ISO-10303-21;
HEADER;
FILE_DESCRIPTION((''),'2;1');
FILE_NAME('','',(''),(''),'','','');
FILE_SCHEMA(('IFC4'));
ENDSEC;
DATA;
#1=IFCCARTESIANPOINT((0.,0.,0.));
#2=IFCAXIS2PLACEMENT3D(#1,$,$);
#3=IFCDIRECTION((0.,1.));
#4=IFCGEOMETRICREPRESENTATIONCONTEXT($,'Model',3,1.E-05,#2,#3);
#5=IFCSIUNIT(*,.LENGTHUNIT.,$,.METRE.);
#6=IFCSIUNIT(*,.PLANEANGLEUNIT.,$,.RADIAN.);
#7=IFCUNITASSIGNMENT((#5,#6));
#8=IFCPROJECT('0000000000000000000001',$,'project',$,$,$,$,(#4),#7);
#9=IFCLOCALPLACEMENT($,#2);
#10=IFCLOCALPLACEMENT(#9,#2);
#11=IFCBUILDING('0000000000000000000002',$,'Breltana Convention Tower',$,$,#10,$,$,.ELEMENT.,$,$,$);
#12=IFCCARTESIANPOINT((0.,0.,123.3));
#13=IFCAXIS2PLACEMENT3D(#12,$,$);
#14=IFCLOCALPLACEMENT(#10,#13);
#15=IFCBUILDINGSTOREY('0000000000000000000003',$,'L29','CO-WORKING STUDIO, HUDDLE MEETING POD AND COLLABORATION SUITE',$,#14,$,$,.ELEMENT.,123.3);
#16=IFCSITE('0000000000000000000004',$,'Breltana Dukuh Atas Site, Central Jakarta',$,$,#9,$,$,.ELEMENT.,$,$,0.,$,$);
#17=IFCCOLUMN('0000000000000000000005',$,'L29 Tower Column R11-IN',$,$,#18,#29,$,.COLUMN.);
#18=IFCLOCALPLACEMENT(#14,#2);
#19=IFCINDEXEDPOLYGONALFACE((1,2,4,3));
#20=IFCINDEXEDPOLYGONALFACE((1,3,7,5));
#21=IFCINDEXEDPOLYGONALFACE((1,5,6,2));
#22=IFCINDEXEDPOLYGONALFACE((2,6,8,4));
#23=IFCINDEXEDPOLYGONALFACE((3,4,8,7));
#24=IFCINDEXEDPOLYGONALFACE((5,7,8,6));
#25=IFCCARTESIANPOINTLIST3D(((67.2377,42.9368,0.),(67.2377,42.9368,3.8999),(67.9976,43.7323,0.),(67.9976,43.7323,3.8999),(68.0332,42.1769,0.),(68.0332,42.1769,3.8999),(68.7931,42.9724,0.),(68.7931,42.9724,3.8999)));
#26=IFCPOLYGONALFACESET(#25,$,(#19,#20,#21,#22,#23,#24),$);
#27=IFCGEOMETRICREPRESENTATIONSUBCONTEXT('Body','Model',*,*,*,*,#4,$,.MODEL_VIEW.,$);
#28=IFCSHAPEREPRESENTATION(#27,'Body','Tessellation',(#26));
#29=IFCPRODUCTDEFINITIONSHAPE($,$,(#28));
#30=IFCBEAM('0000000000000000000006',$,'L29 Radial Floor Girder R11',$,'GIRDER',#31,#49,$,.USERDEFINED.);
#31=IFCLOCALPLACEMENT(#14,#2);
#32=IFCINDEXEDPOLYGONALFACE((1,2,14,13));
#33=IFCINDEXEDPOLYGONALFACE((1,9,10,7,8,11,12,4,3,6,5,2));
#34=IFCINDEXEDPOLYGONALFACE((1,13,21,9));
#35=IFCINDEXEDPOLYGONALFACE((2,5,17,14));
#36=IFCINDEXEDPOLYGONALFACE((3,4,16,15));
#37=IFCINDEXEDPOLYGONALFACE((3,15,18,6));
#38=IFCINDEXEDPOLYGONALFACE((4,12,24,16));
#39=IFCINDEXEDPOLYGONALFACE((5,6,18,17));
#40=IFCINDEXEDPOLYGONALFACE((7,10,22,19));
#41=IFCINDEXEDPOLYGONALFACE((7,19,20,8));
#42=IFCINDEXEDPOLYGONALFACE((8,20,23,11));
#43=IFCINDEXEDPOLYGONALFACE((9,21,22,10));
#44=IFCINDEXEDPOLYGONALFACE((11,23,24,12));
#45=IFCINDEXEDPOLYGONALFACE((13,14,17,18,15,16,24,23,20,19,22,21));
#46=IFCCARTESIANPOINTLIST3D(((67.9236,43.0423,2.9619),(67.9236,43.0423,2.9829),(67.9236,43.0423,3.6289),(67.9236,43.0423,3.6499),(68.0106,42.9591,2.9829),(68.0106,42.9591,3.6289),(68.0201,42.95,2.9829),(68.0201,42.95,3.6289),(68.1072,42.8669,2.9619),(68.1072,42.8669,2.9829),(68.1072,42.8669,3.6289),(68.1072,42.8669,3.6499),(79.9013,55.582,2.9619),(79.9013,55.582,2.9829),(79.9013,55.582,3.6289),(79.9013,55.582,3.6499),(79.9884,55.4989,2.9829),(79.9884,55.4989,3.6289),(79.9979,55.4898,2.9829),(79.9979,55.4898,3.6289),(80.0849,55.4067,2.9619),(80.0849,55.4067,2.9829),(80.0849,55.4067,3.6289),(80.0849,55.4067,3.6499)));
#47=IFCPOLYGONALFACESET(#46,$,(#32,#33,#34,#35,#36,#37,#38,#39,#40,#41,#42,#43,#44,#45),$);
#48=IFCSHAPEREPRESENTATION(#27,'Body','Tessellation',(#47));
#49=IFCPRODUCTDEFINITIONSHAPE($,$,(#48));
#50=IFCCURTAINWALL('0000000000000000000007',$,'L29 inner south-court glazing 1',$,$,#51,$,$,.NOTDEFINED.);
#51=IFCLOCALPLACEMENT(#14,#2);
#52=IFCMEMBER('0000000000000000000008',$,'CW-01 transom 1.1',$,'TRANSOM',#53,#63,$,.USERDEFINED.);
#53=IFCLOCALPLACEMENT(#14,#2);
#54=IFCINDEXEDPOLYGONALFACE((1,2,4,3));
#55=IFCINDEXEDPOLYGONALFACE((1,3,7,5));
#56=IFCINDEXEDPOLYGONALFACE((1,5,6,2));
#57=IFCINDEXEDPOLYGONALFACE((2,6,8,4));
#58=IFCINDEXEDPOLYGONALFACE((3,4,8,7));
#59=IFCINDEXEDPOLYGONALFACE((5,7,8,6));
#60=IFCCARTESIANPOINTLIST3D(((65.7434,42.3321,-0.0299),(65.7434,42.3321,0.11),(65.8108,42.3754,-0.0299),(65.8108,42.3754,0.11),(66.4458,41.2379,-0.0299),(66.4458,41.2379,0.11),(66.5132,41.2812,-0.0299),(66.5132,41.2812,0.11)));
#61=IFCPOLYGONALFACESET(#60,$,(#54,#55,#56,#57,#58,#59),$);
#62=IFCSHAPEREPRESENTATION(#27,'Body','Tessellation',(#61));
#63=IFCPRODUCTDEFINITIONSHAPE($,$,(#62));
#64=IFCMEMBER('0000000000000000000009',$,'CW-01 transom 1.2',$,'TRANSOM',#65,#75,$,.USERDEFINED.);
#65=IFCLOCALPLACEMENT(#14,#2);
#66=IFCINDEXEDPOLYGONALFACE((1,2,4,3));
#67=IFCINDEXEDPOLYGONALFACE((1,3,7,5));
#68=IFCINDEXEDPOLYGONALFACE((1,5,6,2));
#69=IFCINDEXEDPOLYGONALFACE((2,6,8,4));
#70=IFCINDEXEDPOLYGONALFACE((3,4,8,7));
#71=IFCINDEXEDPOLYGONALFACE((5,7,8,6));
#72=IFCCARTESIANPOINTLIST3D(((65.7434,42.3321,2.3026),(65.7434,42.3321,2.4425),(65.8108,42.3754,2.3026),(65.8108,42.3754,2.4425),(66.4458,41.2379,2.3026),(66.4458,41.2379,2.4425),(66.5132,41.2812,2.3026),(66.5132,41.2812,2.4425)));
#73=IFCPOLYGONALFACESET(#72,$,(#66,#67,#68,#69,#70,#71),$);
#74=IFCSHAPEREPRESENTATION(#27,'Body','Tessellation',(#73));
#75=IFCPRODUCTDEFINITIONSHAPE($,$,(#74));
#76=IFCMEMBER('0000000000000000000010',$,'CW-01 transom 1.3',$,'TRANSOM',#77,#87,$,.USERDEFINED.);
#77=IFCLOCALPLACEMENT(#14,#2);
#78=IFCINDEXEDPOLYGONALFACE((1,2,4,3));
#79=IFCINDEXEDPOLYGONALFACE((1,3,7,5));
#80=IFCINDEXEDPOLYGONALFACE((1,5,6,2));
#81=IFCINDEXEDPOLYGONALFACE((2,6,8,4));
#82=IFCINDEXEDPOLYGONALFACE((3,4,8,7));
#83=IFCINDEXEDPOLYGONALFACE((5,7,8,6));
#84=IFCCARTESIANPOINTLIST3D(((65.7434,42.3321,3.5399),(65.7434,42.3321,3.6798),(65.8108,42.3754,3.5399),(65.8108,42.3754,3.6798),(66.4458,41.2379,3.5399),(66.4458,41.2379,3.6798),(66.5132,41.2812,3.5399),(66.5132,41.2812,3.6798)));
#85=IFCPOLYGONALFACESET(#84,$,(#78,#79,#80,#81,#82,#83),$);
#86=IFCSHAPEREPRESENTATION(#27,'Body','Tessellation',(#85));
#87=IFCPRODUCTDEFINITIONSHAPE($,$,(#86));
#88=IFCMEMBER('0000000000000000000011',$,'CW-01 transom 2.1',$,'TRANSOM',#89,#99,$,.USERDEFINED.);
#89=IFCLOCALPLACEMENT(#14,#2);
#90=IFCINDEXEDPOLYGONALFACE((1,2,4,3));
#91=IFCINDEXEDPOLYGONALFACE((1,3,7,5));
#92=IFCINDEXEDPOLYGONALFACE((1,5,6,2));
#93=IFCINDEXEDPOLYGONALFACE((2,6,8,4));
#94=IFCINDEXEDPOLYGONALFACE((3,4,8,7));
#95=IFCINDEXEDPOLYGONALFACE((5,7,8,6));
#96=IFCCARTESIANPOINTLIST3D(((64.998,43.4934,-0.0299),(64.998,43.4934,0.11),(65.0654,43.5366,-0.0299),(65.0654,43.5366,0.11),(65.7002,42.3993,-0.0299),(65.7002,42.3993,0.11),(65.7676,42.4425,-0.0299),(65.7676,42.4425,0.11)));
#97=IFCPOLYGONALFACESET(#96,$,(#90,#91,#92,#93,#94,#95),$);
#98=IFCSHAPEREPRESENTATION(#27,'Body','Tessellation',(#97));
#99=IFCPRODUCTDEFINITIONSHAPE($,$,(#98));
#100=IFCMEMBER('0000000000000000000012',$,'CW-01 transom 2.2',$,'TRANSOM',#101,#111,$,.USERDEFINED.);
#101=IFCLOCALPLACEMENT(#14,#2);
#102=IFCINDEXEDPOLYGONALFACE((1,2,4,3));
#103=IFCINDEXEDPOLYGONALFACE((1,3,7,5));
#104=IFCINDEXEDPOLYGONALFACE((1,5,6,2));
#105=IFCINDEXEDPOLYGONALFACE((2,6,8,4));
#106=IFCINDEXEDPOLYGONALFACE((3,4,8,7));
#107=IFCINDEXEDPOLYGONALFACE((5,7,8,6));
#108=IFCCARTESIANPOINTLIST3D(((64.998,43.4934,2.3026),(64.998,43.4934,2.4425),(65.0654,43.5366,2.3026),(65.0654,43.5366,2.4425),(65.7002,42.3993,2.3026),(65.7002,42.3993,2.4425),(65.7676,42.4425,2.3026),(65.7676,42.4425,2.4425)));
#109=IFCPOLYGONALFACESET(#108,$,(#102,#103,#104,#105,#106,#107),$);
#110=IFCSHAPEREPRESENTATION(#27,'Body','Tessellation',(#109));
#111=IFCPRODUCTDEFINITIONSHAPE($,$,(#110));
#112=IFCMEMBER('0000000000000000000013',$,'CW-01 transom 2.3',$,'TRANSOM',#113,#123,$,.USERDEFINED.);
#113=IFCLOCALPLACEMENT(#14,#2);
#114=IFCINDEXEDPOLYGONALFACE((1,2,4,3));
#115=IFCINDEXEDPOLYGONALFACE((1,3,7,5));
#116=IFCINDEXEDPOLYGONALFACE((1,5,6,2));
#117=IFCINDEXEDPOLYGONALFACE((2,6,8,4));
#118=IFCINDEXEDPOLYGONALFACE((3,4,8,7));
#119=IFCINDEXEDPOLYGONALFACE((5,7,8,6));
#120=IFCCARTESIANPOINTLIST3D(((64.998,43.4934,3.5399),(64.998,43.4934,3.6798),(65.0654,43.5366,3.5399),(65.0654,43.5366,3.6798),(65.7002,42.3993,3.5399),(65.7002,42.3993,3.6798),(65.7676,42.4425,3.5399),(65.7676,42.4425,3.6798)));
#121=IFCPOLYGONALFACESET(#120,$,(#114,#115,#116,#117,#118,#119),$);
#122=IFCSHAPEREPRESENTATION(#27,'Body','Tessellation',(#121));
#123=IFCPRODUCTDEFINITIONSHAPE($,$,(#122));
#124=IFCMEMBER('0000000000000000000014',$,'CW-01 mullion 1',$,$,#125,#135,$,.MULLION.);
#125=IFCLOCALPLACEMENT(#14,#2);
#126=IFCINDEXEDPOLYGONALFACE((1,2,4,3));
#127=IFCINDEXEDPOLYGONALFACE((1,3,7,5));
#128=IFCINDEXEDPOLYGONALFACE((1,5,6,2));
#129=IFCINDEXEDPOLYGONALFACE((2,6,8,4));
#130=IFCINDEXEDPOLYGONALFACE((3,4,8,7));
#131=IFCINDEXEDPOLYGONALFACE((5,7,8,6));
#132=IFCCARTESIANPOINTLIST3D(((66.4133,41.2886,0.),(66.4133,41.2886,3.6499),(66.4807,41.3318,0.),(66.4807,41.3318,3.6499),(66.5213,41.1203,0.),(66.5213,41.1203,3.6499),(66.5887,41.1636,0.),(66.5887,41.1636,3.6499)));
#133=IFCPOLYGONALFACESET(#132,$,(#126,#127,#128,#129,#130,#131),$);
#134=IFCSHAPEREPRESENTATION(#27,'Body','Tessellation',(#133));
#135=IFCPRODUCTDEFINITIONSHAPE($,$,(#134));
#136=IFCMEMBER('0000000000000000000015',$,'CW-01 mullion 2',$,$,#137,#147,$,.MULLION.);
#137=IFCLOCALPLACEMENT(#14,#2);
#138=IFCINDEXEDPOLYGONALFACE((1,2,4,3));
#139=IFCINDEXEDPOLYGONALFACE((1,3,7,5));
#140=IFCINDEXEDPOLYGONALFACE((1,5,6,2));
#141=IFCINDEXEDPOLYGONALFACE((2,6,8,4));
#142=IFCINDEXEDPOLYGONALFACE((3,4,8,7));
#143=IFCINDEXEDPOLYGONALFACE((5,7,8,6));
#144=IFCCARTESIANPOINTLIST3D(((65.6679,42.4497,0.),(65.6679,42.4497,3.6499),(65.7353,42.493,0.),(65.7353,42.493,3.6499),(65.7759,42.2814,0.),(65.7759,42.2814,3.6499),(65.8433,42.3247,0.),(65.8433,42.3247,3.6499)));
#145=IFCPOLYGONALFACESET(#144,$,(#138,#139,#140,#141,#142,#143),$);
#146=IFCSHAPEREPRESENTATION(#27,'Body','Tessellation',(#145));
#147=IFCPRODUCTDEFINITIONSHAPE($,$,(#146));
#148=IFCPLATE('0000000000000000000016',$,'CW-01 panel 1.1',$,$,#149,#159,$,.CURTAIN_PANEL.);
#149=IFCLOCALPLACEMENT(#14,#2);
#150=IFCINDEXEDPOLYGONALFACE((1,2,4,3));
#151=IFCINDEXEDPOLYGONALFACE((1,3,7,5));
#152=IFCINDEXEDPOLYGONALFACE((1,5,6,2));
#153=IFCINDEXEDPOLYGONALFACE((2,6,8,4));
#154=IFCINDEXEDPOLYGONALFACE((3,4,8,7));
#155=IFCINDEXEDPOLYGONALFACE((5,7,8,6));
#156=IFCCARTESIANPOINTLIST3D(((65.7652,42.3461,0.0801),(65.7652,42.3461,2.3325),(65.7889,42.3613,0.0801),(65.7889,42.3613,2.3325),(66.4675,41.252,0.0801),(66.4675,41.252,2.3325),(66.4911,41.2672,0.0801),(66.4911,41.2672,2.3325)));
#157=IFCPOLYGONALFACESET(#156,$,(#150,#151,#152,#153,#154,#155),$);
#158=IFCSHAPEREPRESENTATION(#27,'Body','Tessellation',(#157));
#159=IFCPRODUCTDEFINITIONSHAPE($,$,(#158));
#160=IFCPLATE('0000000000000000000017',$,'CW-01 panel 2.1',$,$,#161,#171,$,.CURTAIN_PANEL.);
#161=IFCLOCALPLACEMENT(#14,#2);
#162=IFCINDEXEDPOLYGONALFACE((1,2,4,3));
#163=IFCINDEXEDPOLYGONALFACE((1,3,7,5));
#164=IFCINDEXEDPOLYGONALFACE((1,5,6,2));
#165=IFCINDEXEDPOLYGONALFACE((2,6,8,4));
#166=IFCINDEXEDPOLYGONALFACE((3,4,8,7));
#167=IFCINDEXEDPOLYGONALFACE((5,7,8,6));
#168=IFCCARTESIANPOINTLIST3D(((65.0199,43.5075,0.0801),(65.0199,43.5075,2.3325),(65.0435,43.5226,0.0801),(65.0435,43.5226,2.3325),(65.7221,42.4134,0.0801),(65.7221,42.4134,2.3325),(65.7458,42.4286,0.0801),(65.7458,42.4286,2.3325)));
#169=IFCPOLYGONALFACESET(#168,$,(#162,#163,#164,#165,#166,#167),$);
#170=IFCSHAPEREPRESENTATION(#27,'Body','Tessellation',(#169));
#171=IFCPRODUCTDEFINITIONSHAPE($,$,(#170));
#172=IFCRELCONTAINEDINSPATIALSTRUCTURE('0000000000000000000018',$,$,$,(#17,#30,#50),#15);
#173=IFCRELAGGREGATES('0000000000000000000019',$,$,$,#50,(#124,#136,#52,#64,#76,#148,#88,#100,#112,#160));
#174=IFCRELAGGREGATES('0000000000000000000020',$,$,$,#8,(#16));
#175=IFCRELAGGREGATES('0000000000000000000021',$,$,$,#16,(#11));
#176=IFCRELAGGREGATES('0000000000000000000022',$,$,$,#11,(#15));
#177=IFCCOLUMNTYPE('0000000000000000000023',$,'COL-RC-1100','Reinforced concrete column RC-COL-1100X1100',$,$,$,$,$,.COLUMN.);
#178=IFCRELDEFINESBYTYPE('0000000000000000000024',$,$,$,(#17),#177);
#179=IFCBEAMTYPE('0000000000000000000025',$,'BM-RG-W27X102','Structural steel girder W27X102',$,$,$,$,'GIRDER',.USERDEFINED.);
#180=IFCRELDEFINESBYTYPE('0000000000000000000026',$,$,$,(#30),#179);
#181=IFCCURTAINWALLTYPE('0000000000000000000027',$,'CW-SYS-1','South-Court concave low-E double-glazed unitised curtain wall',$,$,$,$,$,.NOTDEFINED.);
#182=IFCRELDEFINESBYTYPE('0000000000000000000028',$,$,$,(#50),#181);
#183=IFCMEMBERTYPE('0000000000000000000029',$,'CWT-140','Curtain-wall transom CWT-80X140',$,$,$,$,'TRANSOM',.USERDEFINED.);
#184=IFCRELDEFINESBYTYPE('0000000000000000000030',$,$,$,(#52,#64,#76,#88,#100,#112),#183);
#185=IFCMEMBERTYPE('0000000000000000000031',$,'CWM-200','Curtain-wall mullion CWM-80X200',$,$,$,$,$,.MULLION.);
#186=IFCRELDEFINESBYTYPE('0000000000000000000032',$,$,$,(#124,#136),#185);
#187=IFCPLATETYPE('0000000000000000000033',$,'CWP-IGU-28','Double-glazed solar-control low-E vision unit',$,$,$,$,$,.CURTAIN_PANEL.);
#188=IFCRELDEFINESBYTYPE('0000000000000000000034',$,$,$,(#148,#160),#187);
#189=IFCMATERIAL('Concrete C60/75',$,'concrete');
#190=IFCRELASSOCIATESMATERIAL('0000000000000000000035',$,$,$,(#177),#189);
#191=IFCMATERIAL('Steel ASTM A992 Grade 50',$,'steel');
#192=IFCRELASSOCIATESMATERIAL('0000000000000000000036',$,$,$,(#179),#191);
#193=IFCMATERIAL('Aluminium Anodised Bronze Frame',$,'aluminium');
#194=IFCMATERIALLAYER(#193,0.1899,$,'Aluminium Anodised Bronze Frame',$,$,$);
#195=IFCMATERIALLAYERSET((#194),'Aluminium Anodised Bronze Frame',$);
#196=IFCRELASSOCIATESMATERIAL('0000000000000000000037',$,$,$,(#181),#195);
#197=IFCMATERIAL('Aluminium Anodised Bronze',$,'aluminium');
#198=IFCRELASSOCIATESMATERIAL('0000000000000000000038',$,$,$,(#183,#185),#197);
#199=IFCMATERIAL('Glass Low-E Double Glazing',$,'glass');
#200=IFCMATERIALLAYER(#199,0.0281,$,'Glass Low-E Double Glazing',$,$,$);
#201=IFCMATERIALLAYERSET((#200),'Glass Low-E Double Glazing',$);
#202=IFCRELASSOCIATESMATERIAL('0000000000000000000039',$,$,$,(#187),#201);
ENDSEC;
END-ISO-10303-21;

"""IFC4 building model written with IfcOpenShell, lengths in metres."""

from ifc_helpers import new_model, si_unit, direction, frame, origin, origin_2d, place, context, subcontext, project, spatial, rectangle, i_section, extrude, source, transform, mapped, material, layer, layer_set, material_profile, profile_set, type_object, type_shapes, element, aggregate, save


model = new_model("IFC4")

# Units and contexts
model_context = context("Model", 3, precision=1e-05, world=origin(), true_north=direction((0.0, 1.0)))
body_context = subcontext(model_context, "Body", "Model", "MODEL_VIEW")
ifc_project = project(units=[si_unit("LENGTHUNIT", "METRE"), si_unit("PLANEANGLEUNIT", "RADIAN")], contexts=[model_context])

# Site, building, storey
site_placement = place(None, origin())
site = spatial("IfcSite", under=ifc_project, at=site_placement, Name="Breltana Dukuh Atas Site, Central Jakarta", CompositionType="ELEMENT", RefElevation=0.0)
building_placement = place(site_placement, origin())
building = spatial("IfcBuilding", under=site, at=building_placement, Name="Breltana Convention Tower", CompositionType="ELEMENT")
storey_placement = place(building_placement, frame((0.0, 0.0, 123.3)))
storey = spatial("IfcBuildingStorey", under=building, at=storey_placement, Name="L29", Description="CO-WORKING STUDIO, HUDDLE MEETING POD AND COLLABORATION SUITE", CompositionType="ELEMENT", Elevation=123.3)

# Column
ifc_material_1 = material(Name="Concrete C60/75", Category="concrete")
ifc_material_profile_1 = material_profile(ifc_material_1, rectangle(XDim=1.1001, YDim=1.1001, at=origin_2d()), Name="RC-COL-1100X1100")
ifc_profile_set_1 = profile_set([ifc_material_profile_1], Name="Concrete C60/75")
column_type = type_object("IfcColumnType", Name="COL-RC-1100", Description="Reinforced concrete column RC-COL-1100X1100", PredefinedType="COLUMN", material=ifc_profile_set_1)
shared_shape_1 = source(origin(), body_context, "Body", "SweptSolid", [
    extrude(rectangle(XDim=1.1001, YDim=1.1001, at=origin_2d()), origin(), (0.0, 0.0, 1.0), 3.8999),
])
column_placement = place(storey_placement, frame((68.0154, 42.9546, 0.0), z_axis=(0.0, 0.0, 1.0), x_axis=(0.690756, 0.723088, 0.0)))
element("IfcColumn", 1, at=column_placement, inside=storey, type_object=column_type, Name="L29 Tower Column R11-IN", PredefinedType="COLUMN", context=body_context, shape_type="MappedRepresentation", body=[
    mapped(shared_shape_1, transform((0.0, 0.0, 0.0), scale=1.0)),
])

# Beam
ifc_material_2 = material(Name="Steel ASTM A992 Grade 50", Category="steel")
ifc_material_profile_2 = material_profile(ifc_material_2, i_section(OverallWidth=0.2539, OverallDepth=0.688, WebThickness=0.0132, FlangeThickness=0.021, at=origin_2d()), Name="W27X102")
ifc_profile_set_2 = profile_set([ifc_material_profile_2], Name="Steel ASTM A992 Grade 50")
beam_type = type_object("IfcBeamType", Name="BM-RG-W27X102", Description="Structural steel girder W27X102", ElementType="GIRDER", PredefinedType="USERDEFINED", material=ifc_profile_set_2)
shared_shape_2 = source(origin(), body_context, "Body", "SweptSolid", [
    extrude(i_section(OverallWidth=0.2539, OverallDepth=0.688, WebThickness=0.0132, FlangeThickness=0.021, at=origin_2d()), origin(), (0.0, 0.0, 1.0), 17.3411),
])
type_shapes(beam_type, [shared_shape_2])
beam_placement = place(storey_placement, frame((68.0154, 42.9546, 3.3059), z_axis=(0.690716, 0.723126, 0.0), x_axis=(-0.723126, 0.690716, 0.0)))
element("IfcBeam", 2, at=beam_placement, inside=storey, type_object=beam_type, Name="L29 Radial Floor Girder R11", ObjectType="GIRDER", PredefinedType="USERDEFINED", context=body_context, shape_type="MappedRepresentation", body=[
    mapped(shared_shape_2, transform((0.0, 0.0, 0.0), scale=1.0)),
])

# Curtain wall, members, plates
ifc_material_3 = material(Name="Aluminium Anodised Bronze Frame", Category="aluminium")
ifc_layer_1 = layer(ifc_material_3, 0.1899, Name="Aluminium Anodised Bronze Frame")
ifc_layer_set_1 = layer_set([ifc_layer_1], Name="Aluminium Anodised Bronze Frame")
curtain_wall_type = type_object("IfcCurtainWallType", Name="CW-SYS-1", Description="South-Court concave low-E double-glazed unitised curtain wall", PredefinedType="NOTDEFINED", material=ifc_layer_set_1)
curtain_wall_placement = place(storey_placement, origin())
curtain_wall = element("IfcCurtainWall", 3, at=curtain_wall_placement, inside=storey, type_object=curtain_wall_type, Name="L29 inner south-court glazing 1", PredefinedType="NOTDEFINED")
ifc_material_4 = material(Name="Aluminium Anodised Bronze", Category="aluminium")
ifc_material_profile_3 = material_profile(ifc_material_4, rectangle(XDim=0.0801, YDim=0.1399, at=origin_2d()), Name="CWT-80X140")
ifc_profile_set_3 = profile_set([ifc_material_profile_3], Name="Aluminium Anodised Bronze")
member_type_1 = type_object("IfcMemberType", Name="CWT-140", Description="Curtain-wall transom CWT-80X140", ElementType="TRANSOM", PredefinedType="USERDEFINED", material=ifc_profile_set_3)
shared_shape_3 = source(origin(), body_context, "Body", "SweptSolid", [
    extrude(rectangle(XDim=0.0801, YDim=0.1399, at=origin_2d()), origin(), (0.0, 0.0, 1.0), 1.3003),
])
member_1_placement = place(storey_placement, frame((66.4795, 41.2595, 0.04), z_axis=(-0.540188, 0.841544, 0.0), x_axis=(-0.841544, -0.540188, 0.0)))
member_1 = element("IfcMember", 4, at=member_1_placement, type_object=member_type_1, Name="CW-01 transom 1.1", ObjectType="TRANSOM", PredefinedType="USERDEFINED", context=body_context, shape_type="MappedRepresentation", body=[
    mapped(shared_shape_3, transform((0.0, 0.0, 0.0), scale=1.0)),
])
member_2_placement = place(storey_placement, frame((66.4795, 41.2595, 2.3726), z_axis=(-0.540188, 0.841544, 0.0), x_axis=(-0.841544, -0.540188, 0.0)))
member_2 = element("IfcMember", 5, at=member_2_placement, type_object=member_type_1, Name="CW-01 transom 1.2", ObjectType="TRANSOM", PredefinedType="USERDEFINED", context=body_context, shape_type="MappedRepresentation", body=[
    mapped(shared_shape_3, transform((0.0, 0.0, 0.0), scale=1.0)),
])
member_3_placement = place(storey_placement, frame((66.4795, 41.2595, 3.6099), z_axis=(-0.540188, 0.841544, 0.0), x_axis=(-0.841544, -0.540188, 0.0)))
member_3 = element("IfcMember", 6, at=member_3_placement, type_object=member_type_1, Name="CW-01 transom 1.3", ObjectType="TRANSOM", PredefinedType="USERDEFINED", context=body_context, shape_type="MappedRepresentation", body=[
    mapped(shared_shape_3, transform((0.0, 0.0, 0.0), scale=1.0)),
])
shared_shape_4 = source(origin(), body_context, "Body", "SweptSolid", [
    extrude(rectangle(XDim=0.0801, YDim=0.1399, at=origin_2d()), origin(), (0.0, 0.0, 1.0), 1.3),
])
member_4_placement = place(storey_placement, frame((65.7339, 42.4209, 0.04), z_axis=(-0.54014, 0.841575, 0.0), x_axis=(-0.841575, -0.54014, 0.0)))
member_4 = element("IfcMember", 7, at=member_4_placement, type_object=member_type_1, Name="CW-01 transom 2.1", ObjectType="TRANSOM", PredefinedType="USERDEFINED", context=body_context, shape_type="MappedRepresentation", body=[
    mapped(shared_shape_4, transform((0.0, 0.0, 0.0), scale=1.0)),
])
member_5_placement = place(storey_placement, frame((65.7339, 42.4209, 2.3726), z_axis=(-0.54014, 0.841575, 0.0), x_axis=(-0.841575, -0.54014, 0.0)))
member_5 = element("IfcMember", 8, at=member_5_placement, type_object=member_type_1, Name="CW-01 transom 2.2", ObjectType="TRANSOM", PredefinedType="USERDEFINED", context=body_context, shape_type="MappedRepresentation", body=[
    mapped(shared_shape_4, transform((0.0, 0.0, 0.0), scale=1.0)),
])
member_6_placement = place(storey_placement, frame((65.7339, 42.4209, 3.6099), z_axis=(-0.54014, 0.841575, 0.0), x_axis=(-0.841575, -0.54014, 0.0)))
member_6 = element("IfcMember", 9, at=member_6_placement, type_object=member_type_1, Name="CW-01 transom 2.3", ObjectType="TRANSOM", PredefinedType="USERDEFINED", context=body_context, shape_type="MappedRepresentation", body=[
    mapped(shared_shape_4, transform((0.0, 0.0, 0.0), scale=1.0)),
])
ifc_material_profile_4 = material_profile(ifc_material_4, rectangle(XDim=0.0801, YDim=0.2, at=origin_2d()), Name="CWM-80X200")
ifc_profile_set_4 = profile_set([ifc_material_profile_4], Name="Aluminium Anodised Bronze")
member_type_2 = type_object("IfcMemberType", Name="CWM-200", Description="Curtain-wall mullion CWM-80X200", PredefinedType="MULLION", material=ifc_profile_set_4)
shared_shape_5 = source(origin(), body_context, "Body", "SweptSolid", [
    extrude(rectangle(XDim=0.0801, YDim=0.2, at=origin_2d()), origin(), (0.0, 0.0, 1.0), 3.6499),
])
member_7_placement = place(storey_placement, frame((66.501, 41.2261, 0.0), z_axis=(0.0, 0.0, 1.0), x_axis=(-0.841551, -0.540177, 0.0)))
member_7 = element("IfcMember", 10, at=member_7_placement, type_object=member_type_2, Name="CW-01 mullion 1", PredefinedType="MULLION", context=body_context, shape_type="MappedRepresentation", body=[
    mapped(shared_shape_5, transform((0.0, 0.0, 0.0), scale=1.0)),
])
member_8_placement = place(storey_placement, frame((65.7556, 42.3872, 0.0), z_axis=(0.0, 0.0, 1.0), x_axis=(-0.841551, -0.540177, 0.0)))
member_8 = element("IfcMember", 11, at=member_8_placement, type_object=member_type_2, Name="CW-01 mullion 2", PredefinedType="MULLION", context=body_context, shape_type="MappedRepresentation", body=[
    mapped(shared_shape_5, transform((0.0, 0.0, 0.0), scale=1.0)),
])
ifc_material_5 = material(Name="Glass Low-E Double Glazing", Category="glass")
ifc_layer_2 = layer(ifc_material_5, 0.0281, Name="Glass Low-E Double Glazing")
ifc_layer_set_2 = layer_set([ifc_layer_2], Name="Glass Low-E Double Glazing")
plate_type = type_object("IfcPlateType", Name="CWP-IGU-28", Description="Double-glazed solar-control low-E vision unit", PredefinedType="CURTAIN_PANEL", material=ifc_layer_set_2)
shared_shape_6 = source(origin(), body_context, "Body", "SweptSolid", [
    extrude(rectangle(XDim=1.3, YDim=0.0281, at=origin_2d()), origin(), (0.0, 0.0, 1.0), 2.2524),
])
plate_1_placement = place(storey_placement, frame((66.1282, 41.8066, 0.0801), z_axis=(0.0, 0.0, 1.0), x_axis=(-0.540177, 0.841551, 0.0)))
plate_1 = element("IfcPlate", 12, at=plate_1_placement, type_object=plate_type, Name="CW-01 panel 1.1", PredefinedType="CURTAIN_PANEL", context=body_context, shape_type="MappedRepresentation", body=[
    mapped(shared_shape_6, transform((0.0, 0.0, 0.0), scale=1.0)),
])
plate_2_placement = place(storey_placement, frame((65.3828, 42.968, 0.0801), z_axis=(0.0, 0.0, 1.0), x_axis=(-0.540177, 0.841551, 0.0)))
plate_2 = element("IfcPlate", 13, at=plate_2_placement, type_object=plate_type, Name="CW-01 panel 2.1", PredefinedType="CURTAIN_PANEL", context=body_context, shape_type="MappedRepresentation", body=[
    mapped(shared_shape_6, transform((0.0, 0.0, 0.0), scale=1.0)),
])
aggregate(curtain_wall, [member_7, member_8, member_1, member_2, member_3, plate_1, member_4, member_5, member_6, plate_2])

save(model, "model.ifc")
